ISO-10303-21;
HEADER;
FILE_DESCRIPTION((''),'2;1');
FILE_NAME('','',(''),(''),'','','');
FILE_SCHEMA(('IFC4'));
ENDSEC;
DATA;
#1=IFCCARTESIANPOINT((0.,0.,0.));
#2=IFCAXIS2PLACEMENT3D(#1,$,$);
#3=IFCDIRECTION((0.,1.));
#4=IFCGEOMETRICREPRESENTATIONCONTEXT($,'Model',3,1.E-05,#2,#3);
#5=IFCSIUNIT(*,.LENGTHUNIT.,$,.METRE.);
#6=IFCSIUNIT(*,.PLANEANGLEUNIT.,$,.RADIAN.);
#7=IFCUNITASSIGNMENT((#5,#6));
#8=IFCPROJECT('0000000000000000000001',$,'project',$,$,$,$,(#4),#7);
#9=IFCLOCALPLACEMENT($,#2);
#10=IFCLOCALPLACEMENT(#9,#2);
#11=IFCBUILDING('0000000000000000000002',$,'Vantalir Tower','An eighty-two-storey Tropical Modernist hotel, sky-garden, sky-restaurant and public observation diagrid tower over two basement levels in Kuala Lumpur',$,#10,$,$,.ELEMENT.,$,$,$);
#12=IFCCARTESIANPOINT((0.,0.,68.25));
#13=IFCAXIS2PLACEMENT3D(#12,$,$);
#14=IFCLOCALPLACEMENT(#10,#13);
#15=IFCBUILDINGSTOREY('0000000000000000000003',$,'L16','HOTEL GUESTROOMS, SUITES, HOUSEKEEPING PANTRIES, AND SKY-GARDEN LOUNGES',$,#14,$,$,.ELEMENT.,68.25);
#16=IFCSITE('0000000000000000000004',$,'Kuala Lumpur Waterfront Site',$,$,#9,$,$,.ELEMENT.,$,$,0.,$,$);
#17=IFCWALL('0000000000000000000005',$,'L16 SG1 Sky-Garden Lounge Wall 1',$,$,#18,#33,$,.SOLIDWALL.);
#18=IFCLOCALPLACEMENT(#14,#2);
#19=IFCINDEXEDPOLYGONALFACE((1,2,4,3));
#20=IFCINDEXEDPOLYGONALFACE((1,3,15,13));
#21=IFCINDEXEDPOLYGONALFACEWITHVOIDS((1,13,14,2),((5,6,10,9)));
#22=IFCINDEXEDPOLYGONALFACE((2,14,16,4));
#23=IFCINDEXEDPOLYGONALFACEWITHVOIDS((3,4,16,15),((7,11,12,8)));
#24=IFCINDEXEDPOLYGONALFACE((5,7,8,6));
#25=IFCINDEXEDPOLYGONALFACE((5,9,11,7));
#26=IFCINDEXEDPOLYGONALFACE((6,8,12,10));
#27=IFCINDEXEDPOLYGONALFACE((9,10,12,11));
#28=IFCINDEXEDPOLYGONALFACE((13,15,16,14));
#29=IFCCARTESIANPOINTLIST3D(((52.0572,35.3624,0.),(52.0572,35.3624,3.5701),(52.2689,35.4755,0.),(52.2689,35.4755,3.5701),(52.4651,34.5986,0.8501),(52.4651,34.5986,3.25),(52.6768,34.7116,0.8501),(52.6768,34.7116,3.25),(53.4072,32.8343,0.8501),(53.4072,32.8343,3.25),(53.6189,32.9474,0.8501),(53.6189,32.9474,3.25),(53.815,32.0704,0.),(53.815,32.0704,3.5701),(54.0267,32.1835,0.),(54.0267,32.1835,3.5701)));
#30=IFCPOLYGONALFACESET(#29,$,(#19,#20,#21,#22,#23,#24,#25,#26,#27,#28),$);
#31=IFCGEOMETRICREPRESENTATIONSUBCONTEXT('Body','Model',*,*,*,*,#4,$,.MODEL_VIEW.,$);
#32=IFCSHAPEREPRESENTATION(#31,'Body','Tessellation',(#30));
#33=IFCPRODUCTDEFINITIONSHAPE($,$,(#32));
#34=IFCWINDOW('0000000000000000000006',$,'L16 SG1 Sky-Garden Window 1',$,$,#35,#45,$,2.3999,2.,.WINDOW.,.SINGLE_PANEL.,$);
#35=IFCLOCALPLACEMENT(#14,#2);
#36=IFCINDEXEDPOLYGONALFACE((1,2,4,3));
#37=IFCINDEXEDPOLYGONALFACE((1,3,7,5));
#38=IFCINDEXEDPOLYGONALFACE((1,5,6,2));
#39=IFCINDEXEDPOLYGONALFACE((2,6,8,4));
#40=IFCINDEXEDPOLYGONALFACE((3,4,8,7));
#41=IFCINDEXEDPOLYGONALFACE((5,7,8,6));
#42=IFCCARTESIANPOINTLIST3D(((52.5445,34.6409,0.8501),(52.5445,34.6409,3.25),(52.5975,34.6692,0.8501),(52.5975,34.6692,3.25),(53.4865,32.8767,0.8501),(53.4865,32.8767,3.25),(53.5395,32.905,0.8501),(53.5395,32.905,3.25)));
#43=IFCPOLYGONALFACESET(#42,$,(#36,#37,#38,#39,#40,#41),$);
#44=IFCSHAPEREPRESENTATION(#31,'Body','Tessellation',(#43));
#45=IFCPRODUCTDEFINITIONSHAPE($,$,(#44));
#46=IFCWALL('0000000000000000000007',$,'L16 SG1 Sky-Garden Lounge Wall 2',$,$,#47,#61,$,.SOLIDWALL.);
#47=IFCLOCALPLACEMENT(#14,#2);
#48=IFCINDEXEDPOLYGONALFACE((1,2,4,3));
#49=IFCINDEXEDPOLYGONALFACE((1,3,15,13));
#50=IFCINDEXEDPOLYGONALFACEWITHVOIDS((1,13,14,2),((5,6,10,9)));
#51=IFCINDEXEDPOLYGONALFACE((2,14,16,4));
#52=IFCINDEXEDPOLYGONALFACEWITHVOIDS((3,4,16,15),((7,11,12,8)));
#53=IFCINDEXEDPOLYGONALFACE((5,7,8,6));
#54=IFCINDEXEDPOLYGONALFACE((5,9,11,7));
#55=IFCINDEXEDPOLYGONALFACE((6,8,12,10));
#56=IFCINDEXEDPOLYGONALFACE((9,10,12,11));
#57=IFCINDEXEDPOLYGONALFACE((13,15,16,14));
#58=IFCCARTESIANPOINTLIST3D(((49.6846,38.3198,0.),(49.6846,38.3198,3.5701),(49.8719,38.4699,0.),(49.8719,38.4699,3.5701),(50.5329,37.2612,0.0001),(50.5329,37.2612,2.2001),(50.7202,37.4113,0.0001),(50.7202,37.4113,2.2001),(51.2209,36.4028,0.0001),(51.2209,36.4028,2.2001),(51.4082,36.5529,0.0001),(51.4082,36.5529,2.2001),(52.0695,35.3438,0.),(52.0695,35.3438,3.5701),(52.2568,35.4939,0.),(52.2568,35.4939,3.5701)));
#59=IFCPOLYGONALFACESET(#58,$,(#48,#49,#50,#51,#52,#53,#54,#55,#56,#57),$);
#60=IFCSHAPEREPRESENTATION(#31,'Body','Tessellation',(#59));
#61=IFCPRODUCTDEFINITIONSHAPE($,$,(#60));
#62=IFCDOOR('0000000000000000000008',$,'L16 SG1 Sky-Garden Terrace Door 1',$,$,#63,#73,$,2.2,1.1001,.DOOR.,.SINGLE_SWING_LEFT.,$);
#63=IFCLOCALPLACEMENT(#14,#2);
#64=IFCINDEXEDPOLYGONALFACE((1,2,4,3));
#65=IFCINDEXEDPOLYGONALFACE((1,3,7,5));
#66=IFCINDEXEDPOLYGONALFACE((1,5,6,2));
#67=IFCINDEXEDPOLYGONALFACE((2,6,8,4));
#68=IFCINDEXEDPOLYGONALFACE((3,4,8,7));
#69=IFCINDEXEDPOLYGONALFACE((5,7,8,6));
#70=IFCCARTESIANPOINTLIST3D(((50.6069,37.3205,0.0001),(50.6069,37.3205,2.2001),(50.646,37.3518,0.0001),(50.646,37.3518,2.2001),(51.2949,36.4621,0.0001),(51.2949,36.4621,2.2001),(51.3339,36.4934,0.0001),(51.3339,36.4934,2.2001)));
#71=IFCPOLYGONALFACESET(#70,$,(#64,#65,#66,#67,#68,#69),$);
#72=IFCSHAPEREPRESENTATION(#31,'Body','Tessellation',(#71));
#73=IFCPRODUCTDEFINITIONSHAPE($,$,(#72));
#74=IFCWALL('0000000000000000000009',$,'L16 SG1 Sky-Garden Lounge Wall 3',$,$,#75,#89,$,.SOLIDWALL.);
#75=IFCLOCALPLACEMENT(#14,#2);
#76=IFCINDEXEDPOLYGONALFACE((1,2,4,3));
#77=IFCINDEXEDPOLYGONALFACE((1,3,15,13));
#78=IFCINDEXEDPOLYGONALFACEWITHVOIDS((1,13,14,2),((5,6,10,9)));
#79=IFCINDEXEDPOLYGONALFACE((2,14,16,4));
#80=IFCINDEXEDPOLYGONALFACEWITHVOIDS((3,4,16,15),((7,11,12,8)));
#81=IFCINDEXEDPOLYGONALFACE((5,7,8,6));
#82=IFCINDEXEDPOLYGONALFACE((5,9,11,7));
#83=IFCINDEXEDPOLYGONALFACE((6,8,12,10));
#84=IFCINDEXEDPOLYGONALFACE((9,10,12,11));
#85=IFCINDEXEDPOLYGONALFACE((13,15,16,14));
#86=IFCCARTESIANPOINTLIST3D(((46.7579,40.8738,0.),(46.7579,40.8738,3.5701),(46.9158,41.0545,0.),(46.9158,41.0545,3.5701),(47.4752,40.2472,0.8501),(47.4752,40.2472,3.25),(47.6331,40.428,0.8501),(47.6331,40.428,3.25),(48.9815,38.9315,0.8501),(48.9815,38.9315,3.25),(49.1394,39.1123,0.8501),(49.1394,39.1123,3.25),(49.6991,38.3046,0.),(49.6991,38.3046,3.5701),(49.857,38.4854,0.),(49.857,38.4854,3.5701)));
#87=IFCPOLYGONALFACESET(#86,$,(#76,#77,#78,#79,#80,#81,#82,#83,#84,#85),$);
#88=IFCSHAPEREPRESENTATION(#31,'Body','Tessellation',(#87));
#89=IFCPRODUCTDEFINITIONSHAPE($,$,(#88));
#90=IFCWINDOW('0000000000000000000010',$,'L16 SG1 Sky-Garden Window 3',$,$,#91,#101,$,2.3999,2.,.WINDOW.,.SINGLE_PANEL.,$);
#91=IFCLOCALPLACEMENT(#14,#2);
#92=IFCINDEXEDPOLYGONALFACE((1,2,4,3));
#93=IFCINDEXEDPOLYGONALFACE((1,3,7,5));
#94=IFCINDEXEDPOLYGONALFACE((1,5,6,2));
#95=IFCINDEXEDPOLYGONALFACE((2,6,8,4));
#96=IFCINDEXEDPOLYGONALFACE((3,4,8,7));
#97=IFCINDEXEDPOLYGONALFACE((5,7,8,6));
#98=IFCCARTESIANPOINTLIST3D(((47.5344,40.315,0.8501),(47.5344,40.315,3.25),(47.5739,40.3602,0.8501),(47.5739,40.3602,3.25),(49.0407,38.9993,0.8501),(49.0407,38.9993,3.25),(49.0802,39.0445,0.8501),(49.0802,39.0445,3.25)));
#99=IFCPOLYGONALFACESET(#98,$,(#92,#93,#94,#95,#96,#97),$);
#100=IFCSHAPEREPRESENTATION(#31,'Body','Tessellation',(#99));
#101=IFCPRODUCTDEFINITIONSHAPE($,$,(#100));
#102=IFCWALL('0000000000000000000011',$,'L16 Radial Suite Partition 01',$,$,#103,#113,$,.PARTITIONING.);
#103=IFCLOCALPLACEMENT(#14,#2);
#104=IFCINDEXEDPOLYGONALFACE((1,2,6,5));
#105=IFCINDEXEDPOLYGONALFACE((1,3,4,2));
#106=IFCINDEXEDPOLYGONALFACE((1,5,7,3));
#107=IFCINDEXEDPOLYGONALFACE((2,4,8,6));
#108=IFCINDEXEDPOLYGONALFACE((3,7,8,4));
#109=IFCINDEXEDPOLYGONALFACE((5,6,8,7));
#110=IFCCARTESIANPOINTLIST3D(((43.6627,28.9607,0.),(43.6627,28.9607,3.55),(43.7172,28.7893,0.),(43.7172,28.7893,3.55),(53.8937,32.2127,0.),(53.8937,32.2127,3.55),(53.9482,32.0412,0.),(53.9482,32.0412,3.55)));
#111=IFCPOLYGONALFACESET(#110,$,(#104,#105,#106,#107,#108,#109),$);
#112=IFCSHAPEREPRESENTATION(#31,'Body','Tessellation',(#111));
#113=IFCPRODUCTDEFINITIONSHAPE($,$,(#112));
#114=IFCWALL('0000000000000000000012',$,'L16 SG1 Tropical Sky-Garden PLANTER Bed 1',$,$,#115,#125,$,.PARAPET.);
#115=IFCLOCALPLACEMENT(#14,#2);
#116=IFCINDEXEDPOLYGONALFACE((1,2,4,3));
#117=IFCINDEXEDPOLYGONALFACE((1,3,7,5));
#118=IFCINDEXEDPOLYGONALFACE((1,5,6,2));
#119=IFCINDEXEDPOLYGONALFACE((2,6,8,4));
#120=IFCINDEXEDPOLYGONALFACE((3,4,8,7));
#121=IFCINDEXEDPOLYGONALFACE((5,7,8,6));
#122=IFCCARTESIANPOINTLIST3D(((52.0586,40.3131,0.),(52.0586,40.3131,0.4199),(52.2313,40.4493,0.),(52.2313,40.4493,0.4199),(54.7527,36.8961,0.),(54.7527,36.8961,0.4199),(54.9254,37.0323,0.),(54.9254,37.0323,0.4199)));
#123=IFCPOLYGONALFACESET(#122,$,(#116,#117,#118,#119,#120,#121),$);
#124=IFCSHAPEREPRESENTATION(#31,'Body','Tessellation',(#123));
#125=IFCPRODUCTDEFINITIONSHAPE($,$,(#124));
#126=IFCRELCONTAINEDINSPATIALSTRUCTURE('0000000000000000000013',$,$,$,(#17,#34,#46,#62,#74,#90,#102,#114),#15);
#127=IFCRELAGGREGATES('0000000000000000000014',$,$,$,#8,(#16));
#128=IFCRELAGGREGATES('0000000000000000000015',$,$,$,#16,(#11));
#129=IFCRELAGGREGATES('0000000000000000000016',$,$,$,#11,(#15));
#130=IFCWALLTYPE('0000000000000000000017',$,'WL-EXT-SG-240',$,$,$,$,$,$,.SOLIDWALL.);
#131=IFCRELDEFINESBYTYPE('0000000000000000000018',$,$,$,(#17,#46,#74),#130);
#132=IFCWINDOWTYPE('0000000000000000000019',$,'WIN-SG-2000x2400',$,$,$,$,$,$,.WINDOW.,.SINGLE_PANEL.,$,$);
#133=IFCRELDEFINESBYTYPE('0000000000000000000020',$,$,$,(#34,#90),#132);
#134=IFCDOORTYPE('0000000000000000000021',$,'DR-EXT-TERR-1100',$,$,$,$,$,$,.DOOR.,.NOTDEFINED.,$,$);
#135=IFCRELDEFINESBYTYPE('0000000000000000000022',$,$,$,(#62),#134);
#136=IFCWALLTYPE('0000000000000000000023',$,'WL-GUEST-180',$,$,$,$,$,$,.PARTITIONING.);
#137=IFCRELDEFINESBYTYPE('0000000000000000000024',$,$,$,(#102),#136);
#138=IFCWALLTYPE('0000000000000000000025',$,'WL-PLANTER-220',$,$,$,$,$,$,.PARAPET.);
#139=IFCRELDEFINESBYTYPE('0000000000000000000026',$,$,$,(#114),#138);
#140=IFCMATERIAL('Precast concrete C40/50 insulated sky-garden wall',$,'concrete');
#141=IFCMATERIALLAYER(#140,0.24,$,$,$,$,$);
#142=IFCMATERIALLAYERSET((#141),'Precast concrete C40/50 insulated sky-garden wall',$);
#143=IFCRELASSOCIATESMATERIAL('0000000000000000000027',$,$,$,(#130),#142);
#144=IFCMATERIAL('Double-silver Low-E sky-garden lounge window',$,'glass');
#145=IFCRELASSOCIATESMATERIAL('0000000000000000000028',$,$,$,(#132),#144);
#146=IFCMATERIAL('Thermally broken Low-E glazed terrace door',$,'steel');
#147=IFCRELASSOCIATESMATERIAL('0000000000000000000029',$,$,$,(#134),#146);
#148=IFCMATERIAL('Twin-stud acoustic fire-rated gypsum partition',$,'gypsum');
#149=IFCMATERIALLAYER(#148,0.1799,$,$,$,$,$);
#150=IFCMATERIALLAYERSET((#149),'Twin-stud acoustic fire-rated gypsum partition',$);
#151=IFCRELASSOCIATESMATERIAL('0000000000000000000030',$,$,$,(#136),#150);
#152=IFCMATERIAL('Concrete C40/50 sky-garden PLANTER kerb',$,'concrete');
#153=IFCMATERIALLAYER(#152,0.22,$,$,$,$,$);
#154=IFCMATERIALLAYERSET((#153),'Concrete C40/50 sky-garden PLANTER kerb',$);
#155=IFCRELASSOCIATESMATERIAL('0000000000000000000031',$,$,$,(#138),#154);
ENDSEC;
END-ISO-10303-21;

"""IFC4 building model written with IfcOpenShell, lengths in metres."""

from ifc_helpers import new_model, si_unit, direction, frame, frame_2d, origin, place, context, subcontext, project, spatial, rectangle, extrude, material, layer, layer_set, type_object, element, fill, save


model = new_model("IFC4")

# Units and contexts
model_context = context("Model", 3, precision=1e-05, world=origin(), true_north=direction((0.0, 1.0)))
body_context = subcontext(model_context, "Body", "Model", "MODEL_VIEW")
ifc_project = project(units=[si_unit("LENGTHUNIT", "METRE"), si_unit("PLANEANGLEUNIT", "RADIAN")], contexts=[model_context])

# Site, building, storey
site_placement = place(None, origin())
site = spatial("IfcSite", under=ifc_project, at=site_placement, Name="Kuala Lumpur Waterfront Site", CompositionType="ELEMENT", RefElevation=0.0)
building_placement = place(site_placement, origin())
building = spatial("IfcBuilding", under=site, at=building_placement, Name="Vantalir Tower", Description="An eighty-two-storey Tropical Modernist hotel, sky-garden, sky-restaurant and public observation diagrid tower over two basement levels in Kuala Lumpur", CompositionType="ELEMENT")
storey_placement = place(building_placement, frame((0.0, 0.0, 68.25)))
storey = spatial("IfcBuildingStorey", under=building, at=storey_placement, Name="L16", Description="HOTEL GUESTROOMS, SUITES, HOUSEKEEPING PANTRIES, AND SKY-GARDEN LOUNGES", CompositionType="ELEMENT", Elevation=68.25)

# Shared definitions
ifc_material_1 = material(Name="Precast concrete C40/50 insulated sky-garden wall", Category="concrete")
ifc_layer_1 = layer(ifc_material_1, 0.24)
ifc_layer_set_1 = layer_set([ifc_layer_1], Name="Precast concrete C40/50 insulated sky-garden wall")
wall_type_1 = type_object("IfcWallType", Name="WL-EXT-SG-240", PredefinedType="SOLIDWALL", material=ifc_layer_set_1)

# Wall, opening, window
wall_1_placement = place(storey_placement, frame((53.9209, 32.127, 0.0), z_axis=(0.0, 0.0, 1.0), x_axis=(-0.471023, 0.882121, 0.0)))
wall_1 = element("IfcWall", 1, at=wall_1_placement, inside=storey, type_object=wall_type_1, Name="L16 SG1 Sky-Garden Lounge Wall 1", PredefinedType="SOLIDWALL", context=body_context, shape_type="SweptSolid", body=[
    extrude(rectangle(XDim=3.7319, YDim=0.24, at=frame_2d((1.866, 0.0))), origin(), (0.0, 0.0, 1.0), 3.5701),
])
opening_1_placement = place(wall_1_placement, frame((0.866, 0.0, 0.8501)))
opening_1 = element("IfcOpeningElement", 2, at=opening_1_placement, cuts=wall_1, PredefinedType="OPENING", context=body_context, shape_type="SweptSolid", body=[
    extrude(rectangle(XDim=2.0, YDim=2.3999, at=frame_2d((1.0, 1.2))), frame((0.0, 0.1299, 0.0), z_axis=(0.0, -1.0, 0.0), x_axis=(1.0, 0.0, 0.0)), (0.0, 0.0, 1.0), 0.26),
])
ifc_material_2 = material(Name="Double-silver Low-E sky-garden lounge window", Category="glass")
window_type = type_object("IfcWindowType", Name="WIN-SG-2000x2400", PartitioningType="SINGLE_PANEL", PredefinedType="WINDOW", material=ifc_material_2)
window_1_placement = place(opening_1_placement, origin())
window_1 = element("IfcWindow", 3, at=window_1_placement, inside=storey, type_object=window_type, Name="L16 SG1 Sky-Garden Window 1", OverallHeight=2.3999, OverallWidth=2.0, PartitioningType="SINGLE_PANEL", PredefinedType="WINDOW", context=body_context, shape_type="SweptSolid", body=[
    extrude(rectangle(XDim=2.0, YDim=2.3999, at=frame_2d((1.0, 1.2))), frame((0.0, 0.03, 0.0), z_axis=(0.0, -1.0, 0.0), x_axis=(1.0, 0.0, 0.0)), (0.0, 0.0, 1.0), 0.0601),
])
fill(opening_1, window_1)

# Wall, opening, door
wall_2_placement = place(storey_placement, frame((52.1631, 35.4189, 0.0), z_axis=(0.0, 0.0, 1.0), x_axis=(-0.625358, 0.780338, 0.0)))
wall_2 = element("IfcWall", 4, at=wall_2_placement, inside=storey, type_object=wall_type_1, Name="L16 SG1 Sky-Garden Lounge Wall 2", PredefinedType="SOLIDWALL", context=body_context, shape_type="SweptSolid", body=[
    extrude(rectangle(XDim=3.8137, YDim=0.24, at=frame_2d((1.9067, 0.0))), origin(), (0.0, 0.0, 1.0), 3.5701),
])
opening_2_placement = place(wall_2_placement, frame((1.3569, 0.0, 0.0)))
opening_2 = element("IfcOpeningElement", 5, at=opening_2_placement, cuts=wall_2, PredefinedType="OPENING", context=body_context, shape_type="SweptSolid", body=[
    extrude(rectangle(XDim=1.1001, YDim=2.2, at=frame_2d((0.55, 1.1001))), frame((0.0, 0.1299, 0.0), z_axis=(0.0, -1.0, 0.0), x_axis=(1.0, 0.0, 0.0)), (0.0, 0.0, 1.0), 0.26),
])
ifc_material_3 = material(Name="Thermally broken Low-E glazed terrace door", Category="steel")
door_type_1 = type_object("IfcDoorType", Name="DR-EXT-TERR-1100", OperationType="NOTDEFINED", PredefinedType="DOOR", material=ifc_material_3)
door_1_placement = place(opening_2_placement, frame((1.1001, 0.0, 0.0), z_axis=(0.0, 0.0, 1.0), x_axis=(-1.0, 0.0, 0.0)))
door_1 = element("IfcDoor", 6, at=door_1_placement, inside=storey, type_object=door_type_1, Name="L16 SG1 Sky-Garden Terrace Door 1", OperationType="SINGLE_SWING_LEFT", OverallHeight=2.2, OverallWidth=1.1001, PredefinedType="DOOR", context=body_context, shape_type="SweptSolid", body=[
    extrude(rectangle(XDim=1.1001, YDim=2.2, at=frame_2d((0.55, 1.1001))), frame((0.0, 0.0249, 0.0), z_axis=(0.0, -1.0, 0.0), x_axis=(1.0, 0.0, 0.0)), (0.0, 0.0, 1.0), 0.05),
])
fill(opening_2, door_1)

# Wall, opening, window
wall_3_placement = place(storey_placement, frame((49.7781, 38.395, 0.0), z_axis=(0.0, 0.0, 1.0), x_axis=(-0.753138, 0.657863, 0.0)))
wall_3 = element("IfcWall", 7, at=wall_3_placement, inside=storey, type_object=wall_type_1, Name="L16 SG1 Sky-Garden Lounge Wall 3", PredefinedType="SOLIDWALL", context=body_context, shape_type="SweptSolid", body=[
    extrude(rectangle(XDim=3.9053, YDim=0.24, at=frame_2d((1.9526, 0.0))), origin(), (0.0, 0.0, 1.0), 3.5701),
])
opening_3_placement = place(wall_3_placement, frame((0.9529, 0.0, 0.8501)))
opening_3 = element("IfcOpeningElement", 8, at=opening_3_placement, cuts=wall_3, PredefinedType="OPENING", context=body_context, shape_type="SweptSolid", body=[
    extrude(rectangle(XDim=2.0, YDim=2.3999, at=frame_2d((1.0, 1.2))), frame((0.0, 0.1299, 0.0), z_axis=(0.0, -1.0, 0.0), x_axis=(1.0, 0.0, 0.0)), (0.0, 0.0, 1.0), 0.26),
])
window_2_placement = place(opening_3_placement, origin())
window_2 = element("IfcWindow", 9, at=window_2_placement, inside=storey, type_object=window_type, Name="L16 SG1 Sky-Garden Window 3", OverallHeight=2.3999, OverallWidth=2.0, PartitioningType="SINGLE_PANEL", PredefinedType="WINDOW", context=body_context, shape_type="SweptSolid", body=[
    extrude(rectangle(XDim=2.0, YDim=2.3999, at=frame_2d((1.0, 1.2))), frame((0.0, 0.03, 0.0), z_axis=(0.0, -1.0, 0.0), x_axis=(1.0, 0.0, 0.0)), (0.0, 0.0, 1.0), 0.0601),
])
fill(opening_3, window_2)

# Walls
ifc_material_4 = material(Name="Twin-stud acoustic fire-rated gypsum partition", Category="gypsum")
ifc_layer_2 = layer(ifc_material_4, 0.1799)
ifc_layer_set_2 = layer_set([ifc_layer_2], Name="Twin-stud acoustic fire-rated gypsum partition")
wall_type_2 = type_object("IfcWallType", Name="WL-GUEST-180", PredefinedType="PARTITIONING", material=ifc_layer_set_2)
wall_4_placement = place(storey_placement, frame((43.6899, 28.875, 0.0), z_axis=(0.0, 0.0, 1.0), x_axis=(0.953016, 0.30292, 0.0)))
element("IfcWall", 10, at=wall_4_placement, inside=storey, type_object=wall_type_2, Name="L16 Radial Suite Partition 01", PredefinedType="PARTITIONING", context=body_context, shape_type="SweptSolid", body=[
    extrude(rectangle(XDim=10.7354, YDim=0.1799, at=frame_2d((5.3677, 0.0))), origin(), (0.0, 0.0, 1.0), 3.55),
])
ifc_material_5 = material(Name="Concrete C40/50 sky-garden PLANTER kerb", Category="concrete")
ifc_layer_3 = layer(ifc_material_5, 0.22)
ifc_layer_set_3 = layer_set([ifc_layer_3], Name="Concrete C40/50 sky-garden PLANTER kerb")
wall_type_3 = type_object("IfcWallType", Name="WL-PLANTER-220", PredefinedType="PARAPET", material=ifc_layer_set_3)
wall_5_placement = place(storey_placement, frame((54.8391, 36.9641, 0.0), z_axis=(0.0, 0.0, 1.0), x_axis=(-0.619144, 0.785278, 0.0)))
element("IfcWall", 11, at=wall_5_placement, inside=storey, type_object=wall_type_3, Name="L16 SG1 Tropical Sky-Garden PLANTER Bed 1", PredefinedType="PARAPET", context=body_context, shape_type="SweptSolid", body=[
    extrude(rectangle(XDim=4.3513, YDim=0.22, at=frame_2d((2.1758, 0.0))), origin(), (0.0, 0.0, 1.0), 0.4199),
])

save(model, "model.ifc")
